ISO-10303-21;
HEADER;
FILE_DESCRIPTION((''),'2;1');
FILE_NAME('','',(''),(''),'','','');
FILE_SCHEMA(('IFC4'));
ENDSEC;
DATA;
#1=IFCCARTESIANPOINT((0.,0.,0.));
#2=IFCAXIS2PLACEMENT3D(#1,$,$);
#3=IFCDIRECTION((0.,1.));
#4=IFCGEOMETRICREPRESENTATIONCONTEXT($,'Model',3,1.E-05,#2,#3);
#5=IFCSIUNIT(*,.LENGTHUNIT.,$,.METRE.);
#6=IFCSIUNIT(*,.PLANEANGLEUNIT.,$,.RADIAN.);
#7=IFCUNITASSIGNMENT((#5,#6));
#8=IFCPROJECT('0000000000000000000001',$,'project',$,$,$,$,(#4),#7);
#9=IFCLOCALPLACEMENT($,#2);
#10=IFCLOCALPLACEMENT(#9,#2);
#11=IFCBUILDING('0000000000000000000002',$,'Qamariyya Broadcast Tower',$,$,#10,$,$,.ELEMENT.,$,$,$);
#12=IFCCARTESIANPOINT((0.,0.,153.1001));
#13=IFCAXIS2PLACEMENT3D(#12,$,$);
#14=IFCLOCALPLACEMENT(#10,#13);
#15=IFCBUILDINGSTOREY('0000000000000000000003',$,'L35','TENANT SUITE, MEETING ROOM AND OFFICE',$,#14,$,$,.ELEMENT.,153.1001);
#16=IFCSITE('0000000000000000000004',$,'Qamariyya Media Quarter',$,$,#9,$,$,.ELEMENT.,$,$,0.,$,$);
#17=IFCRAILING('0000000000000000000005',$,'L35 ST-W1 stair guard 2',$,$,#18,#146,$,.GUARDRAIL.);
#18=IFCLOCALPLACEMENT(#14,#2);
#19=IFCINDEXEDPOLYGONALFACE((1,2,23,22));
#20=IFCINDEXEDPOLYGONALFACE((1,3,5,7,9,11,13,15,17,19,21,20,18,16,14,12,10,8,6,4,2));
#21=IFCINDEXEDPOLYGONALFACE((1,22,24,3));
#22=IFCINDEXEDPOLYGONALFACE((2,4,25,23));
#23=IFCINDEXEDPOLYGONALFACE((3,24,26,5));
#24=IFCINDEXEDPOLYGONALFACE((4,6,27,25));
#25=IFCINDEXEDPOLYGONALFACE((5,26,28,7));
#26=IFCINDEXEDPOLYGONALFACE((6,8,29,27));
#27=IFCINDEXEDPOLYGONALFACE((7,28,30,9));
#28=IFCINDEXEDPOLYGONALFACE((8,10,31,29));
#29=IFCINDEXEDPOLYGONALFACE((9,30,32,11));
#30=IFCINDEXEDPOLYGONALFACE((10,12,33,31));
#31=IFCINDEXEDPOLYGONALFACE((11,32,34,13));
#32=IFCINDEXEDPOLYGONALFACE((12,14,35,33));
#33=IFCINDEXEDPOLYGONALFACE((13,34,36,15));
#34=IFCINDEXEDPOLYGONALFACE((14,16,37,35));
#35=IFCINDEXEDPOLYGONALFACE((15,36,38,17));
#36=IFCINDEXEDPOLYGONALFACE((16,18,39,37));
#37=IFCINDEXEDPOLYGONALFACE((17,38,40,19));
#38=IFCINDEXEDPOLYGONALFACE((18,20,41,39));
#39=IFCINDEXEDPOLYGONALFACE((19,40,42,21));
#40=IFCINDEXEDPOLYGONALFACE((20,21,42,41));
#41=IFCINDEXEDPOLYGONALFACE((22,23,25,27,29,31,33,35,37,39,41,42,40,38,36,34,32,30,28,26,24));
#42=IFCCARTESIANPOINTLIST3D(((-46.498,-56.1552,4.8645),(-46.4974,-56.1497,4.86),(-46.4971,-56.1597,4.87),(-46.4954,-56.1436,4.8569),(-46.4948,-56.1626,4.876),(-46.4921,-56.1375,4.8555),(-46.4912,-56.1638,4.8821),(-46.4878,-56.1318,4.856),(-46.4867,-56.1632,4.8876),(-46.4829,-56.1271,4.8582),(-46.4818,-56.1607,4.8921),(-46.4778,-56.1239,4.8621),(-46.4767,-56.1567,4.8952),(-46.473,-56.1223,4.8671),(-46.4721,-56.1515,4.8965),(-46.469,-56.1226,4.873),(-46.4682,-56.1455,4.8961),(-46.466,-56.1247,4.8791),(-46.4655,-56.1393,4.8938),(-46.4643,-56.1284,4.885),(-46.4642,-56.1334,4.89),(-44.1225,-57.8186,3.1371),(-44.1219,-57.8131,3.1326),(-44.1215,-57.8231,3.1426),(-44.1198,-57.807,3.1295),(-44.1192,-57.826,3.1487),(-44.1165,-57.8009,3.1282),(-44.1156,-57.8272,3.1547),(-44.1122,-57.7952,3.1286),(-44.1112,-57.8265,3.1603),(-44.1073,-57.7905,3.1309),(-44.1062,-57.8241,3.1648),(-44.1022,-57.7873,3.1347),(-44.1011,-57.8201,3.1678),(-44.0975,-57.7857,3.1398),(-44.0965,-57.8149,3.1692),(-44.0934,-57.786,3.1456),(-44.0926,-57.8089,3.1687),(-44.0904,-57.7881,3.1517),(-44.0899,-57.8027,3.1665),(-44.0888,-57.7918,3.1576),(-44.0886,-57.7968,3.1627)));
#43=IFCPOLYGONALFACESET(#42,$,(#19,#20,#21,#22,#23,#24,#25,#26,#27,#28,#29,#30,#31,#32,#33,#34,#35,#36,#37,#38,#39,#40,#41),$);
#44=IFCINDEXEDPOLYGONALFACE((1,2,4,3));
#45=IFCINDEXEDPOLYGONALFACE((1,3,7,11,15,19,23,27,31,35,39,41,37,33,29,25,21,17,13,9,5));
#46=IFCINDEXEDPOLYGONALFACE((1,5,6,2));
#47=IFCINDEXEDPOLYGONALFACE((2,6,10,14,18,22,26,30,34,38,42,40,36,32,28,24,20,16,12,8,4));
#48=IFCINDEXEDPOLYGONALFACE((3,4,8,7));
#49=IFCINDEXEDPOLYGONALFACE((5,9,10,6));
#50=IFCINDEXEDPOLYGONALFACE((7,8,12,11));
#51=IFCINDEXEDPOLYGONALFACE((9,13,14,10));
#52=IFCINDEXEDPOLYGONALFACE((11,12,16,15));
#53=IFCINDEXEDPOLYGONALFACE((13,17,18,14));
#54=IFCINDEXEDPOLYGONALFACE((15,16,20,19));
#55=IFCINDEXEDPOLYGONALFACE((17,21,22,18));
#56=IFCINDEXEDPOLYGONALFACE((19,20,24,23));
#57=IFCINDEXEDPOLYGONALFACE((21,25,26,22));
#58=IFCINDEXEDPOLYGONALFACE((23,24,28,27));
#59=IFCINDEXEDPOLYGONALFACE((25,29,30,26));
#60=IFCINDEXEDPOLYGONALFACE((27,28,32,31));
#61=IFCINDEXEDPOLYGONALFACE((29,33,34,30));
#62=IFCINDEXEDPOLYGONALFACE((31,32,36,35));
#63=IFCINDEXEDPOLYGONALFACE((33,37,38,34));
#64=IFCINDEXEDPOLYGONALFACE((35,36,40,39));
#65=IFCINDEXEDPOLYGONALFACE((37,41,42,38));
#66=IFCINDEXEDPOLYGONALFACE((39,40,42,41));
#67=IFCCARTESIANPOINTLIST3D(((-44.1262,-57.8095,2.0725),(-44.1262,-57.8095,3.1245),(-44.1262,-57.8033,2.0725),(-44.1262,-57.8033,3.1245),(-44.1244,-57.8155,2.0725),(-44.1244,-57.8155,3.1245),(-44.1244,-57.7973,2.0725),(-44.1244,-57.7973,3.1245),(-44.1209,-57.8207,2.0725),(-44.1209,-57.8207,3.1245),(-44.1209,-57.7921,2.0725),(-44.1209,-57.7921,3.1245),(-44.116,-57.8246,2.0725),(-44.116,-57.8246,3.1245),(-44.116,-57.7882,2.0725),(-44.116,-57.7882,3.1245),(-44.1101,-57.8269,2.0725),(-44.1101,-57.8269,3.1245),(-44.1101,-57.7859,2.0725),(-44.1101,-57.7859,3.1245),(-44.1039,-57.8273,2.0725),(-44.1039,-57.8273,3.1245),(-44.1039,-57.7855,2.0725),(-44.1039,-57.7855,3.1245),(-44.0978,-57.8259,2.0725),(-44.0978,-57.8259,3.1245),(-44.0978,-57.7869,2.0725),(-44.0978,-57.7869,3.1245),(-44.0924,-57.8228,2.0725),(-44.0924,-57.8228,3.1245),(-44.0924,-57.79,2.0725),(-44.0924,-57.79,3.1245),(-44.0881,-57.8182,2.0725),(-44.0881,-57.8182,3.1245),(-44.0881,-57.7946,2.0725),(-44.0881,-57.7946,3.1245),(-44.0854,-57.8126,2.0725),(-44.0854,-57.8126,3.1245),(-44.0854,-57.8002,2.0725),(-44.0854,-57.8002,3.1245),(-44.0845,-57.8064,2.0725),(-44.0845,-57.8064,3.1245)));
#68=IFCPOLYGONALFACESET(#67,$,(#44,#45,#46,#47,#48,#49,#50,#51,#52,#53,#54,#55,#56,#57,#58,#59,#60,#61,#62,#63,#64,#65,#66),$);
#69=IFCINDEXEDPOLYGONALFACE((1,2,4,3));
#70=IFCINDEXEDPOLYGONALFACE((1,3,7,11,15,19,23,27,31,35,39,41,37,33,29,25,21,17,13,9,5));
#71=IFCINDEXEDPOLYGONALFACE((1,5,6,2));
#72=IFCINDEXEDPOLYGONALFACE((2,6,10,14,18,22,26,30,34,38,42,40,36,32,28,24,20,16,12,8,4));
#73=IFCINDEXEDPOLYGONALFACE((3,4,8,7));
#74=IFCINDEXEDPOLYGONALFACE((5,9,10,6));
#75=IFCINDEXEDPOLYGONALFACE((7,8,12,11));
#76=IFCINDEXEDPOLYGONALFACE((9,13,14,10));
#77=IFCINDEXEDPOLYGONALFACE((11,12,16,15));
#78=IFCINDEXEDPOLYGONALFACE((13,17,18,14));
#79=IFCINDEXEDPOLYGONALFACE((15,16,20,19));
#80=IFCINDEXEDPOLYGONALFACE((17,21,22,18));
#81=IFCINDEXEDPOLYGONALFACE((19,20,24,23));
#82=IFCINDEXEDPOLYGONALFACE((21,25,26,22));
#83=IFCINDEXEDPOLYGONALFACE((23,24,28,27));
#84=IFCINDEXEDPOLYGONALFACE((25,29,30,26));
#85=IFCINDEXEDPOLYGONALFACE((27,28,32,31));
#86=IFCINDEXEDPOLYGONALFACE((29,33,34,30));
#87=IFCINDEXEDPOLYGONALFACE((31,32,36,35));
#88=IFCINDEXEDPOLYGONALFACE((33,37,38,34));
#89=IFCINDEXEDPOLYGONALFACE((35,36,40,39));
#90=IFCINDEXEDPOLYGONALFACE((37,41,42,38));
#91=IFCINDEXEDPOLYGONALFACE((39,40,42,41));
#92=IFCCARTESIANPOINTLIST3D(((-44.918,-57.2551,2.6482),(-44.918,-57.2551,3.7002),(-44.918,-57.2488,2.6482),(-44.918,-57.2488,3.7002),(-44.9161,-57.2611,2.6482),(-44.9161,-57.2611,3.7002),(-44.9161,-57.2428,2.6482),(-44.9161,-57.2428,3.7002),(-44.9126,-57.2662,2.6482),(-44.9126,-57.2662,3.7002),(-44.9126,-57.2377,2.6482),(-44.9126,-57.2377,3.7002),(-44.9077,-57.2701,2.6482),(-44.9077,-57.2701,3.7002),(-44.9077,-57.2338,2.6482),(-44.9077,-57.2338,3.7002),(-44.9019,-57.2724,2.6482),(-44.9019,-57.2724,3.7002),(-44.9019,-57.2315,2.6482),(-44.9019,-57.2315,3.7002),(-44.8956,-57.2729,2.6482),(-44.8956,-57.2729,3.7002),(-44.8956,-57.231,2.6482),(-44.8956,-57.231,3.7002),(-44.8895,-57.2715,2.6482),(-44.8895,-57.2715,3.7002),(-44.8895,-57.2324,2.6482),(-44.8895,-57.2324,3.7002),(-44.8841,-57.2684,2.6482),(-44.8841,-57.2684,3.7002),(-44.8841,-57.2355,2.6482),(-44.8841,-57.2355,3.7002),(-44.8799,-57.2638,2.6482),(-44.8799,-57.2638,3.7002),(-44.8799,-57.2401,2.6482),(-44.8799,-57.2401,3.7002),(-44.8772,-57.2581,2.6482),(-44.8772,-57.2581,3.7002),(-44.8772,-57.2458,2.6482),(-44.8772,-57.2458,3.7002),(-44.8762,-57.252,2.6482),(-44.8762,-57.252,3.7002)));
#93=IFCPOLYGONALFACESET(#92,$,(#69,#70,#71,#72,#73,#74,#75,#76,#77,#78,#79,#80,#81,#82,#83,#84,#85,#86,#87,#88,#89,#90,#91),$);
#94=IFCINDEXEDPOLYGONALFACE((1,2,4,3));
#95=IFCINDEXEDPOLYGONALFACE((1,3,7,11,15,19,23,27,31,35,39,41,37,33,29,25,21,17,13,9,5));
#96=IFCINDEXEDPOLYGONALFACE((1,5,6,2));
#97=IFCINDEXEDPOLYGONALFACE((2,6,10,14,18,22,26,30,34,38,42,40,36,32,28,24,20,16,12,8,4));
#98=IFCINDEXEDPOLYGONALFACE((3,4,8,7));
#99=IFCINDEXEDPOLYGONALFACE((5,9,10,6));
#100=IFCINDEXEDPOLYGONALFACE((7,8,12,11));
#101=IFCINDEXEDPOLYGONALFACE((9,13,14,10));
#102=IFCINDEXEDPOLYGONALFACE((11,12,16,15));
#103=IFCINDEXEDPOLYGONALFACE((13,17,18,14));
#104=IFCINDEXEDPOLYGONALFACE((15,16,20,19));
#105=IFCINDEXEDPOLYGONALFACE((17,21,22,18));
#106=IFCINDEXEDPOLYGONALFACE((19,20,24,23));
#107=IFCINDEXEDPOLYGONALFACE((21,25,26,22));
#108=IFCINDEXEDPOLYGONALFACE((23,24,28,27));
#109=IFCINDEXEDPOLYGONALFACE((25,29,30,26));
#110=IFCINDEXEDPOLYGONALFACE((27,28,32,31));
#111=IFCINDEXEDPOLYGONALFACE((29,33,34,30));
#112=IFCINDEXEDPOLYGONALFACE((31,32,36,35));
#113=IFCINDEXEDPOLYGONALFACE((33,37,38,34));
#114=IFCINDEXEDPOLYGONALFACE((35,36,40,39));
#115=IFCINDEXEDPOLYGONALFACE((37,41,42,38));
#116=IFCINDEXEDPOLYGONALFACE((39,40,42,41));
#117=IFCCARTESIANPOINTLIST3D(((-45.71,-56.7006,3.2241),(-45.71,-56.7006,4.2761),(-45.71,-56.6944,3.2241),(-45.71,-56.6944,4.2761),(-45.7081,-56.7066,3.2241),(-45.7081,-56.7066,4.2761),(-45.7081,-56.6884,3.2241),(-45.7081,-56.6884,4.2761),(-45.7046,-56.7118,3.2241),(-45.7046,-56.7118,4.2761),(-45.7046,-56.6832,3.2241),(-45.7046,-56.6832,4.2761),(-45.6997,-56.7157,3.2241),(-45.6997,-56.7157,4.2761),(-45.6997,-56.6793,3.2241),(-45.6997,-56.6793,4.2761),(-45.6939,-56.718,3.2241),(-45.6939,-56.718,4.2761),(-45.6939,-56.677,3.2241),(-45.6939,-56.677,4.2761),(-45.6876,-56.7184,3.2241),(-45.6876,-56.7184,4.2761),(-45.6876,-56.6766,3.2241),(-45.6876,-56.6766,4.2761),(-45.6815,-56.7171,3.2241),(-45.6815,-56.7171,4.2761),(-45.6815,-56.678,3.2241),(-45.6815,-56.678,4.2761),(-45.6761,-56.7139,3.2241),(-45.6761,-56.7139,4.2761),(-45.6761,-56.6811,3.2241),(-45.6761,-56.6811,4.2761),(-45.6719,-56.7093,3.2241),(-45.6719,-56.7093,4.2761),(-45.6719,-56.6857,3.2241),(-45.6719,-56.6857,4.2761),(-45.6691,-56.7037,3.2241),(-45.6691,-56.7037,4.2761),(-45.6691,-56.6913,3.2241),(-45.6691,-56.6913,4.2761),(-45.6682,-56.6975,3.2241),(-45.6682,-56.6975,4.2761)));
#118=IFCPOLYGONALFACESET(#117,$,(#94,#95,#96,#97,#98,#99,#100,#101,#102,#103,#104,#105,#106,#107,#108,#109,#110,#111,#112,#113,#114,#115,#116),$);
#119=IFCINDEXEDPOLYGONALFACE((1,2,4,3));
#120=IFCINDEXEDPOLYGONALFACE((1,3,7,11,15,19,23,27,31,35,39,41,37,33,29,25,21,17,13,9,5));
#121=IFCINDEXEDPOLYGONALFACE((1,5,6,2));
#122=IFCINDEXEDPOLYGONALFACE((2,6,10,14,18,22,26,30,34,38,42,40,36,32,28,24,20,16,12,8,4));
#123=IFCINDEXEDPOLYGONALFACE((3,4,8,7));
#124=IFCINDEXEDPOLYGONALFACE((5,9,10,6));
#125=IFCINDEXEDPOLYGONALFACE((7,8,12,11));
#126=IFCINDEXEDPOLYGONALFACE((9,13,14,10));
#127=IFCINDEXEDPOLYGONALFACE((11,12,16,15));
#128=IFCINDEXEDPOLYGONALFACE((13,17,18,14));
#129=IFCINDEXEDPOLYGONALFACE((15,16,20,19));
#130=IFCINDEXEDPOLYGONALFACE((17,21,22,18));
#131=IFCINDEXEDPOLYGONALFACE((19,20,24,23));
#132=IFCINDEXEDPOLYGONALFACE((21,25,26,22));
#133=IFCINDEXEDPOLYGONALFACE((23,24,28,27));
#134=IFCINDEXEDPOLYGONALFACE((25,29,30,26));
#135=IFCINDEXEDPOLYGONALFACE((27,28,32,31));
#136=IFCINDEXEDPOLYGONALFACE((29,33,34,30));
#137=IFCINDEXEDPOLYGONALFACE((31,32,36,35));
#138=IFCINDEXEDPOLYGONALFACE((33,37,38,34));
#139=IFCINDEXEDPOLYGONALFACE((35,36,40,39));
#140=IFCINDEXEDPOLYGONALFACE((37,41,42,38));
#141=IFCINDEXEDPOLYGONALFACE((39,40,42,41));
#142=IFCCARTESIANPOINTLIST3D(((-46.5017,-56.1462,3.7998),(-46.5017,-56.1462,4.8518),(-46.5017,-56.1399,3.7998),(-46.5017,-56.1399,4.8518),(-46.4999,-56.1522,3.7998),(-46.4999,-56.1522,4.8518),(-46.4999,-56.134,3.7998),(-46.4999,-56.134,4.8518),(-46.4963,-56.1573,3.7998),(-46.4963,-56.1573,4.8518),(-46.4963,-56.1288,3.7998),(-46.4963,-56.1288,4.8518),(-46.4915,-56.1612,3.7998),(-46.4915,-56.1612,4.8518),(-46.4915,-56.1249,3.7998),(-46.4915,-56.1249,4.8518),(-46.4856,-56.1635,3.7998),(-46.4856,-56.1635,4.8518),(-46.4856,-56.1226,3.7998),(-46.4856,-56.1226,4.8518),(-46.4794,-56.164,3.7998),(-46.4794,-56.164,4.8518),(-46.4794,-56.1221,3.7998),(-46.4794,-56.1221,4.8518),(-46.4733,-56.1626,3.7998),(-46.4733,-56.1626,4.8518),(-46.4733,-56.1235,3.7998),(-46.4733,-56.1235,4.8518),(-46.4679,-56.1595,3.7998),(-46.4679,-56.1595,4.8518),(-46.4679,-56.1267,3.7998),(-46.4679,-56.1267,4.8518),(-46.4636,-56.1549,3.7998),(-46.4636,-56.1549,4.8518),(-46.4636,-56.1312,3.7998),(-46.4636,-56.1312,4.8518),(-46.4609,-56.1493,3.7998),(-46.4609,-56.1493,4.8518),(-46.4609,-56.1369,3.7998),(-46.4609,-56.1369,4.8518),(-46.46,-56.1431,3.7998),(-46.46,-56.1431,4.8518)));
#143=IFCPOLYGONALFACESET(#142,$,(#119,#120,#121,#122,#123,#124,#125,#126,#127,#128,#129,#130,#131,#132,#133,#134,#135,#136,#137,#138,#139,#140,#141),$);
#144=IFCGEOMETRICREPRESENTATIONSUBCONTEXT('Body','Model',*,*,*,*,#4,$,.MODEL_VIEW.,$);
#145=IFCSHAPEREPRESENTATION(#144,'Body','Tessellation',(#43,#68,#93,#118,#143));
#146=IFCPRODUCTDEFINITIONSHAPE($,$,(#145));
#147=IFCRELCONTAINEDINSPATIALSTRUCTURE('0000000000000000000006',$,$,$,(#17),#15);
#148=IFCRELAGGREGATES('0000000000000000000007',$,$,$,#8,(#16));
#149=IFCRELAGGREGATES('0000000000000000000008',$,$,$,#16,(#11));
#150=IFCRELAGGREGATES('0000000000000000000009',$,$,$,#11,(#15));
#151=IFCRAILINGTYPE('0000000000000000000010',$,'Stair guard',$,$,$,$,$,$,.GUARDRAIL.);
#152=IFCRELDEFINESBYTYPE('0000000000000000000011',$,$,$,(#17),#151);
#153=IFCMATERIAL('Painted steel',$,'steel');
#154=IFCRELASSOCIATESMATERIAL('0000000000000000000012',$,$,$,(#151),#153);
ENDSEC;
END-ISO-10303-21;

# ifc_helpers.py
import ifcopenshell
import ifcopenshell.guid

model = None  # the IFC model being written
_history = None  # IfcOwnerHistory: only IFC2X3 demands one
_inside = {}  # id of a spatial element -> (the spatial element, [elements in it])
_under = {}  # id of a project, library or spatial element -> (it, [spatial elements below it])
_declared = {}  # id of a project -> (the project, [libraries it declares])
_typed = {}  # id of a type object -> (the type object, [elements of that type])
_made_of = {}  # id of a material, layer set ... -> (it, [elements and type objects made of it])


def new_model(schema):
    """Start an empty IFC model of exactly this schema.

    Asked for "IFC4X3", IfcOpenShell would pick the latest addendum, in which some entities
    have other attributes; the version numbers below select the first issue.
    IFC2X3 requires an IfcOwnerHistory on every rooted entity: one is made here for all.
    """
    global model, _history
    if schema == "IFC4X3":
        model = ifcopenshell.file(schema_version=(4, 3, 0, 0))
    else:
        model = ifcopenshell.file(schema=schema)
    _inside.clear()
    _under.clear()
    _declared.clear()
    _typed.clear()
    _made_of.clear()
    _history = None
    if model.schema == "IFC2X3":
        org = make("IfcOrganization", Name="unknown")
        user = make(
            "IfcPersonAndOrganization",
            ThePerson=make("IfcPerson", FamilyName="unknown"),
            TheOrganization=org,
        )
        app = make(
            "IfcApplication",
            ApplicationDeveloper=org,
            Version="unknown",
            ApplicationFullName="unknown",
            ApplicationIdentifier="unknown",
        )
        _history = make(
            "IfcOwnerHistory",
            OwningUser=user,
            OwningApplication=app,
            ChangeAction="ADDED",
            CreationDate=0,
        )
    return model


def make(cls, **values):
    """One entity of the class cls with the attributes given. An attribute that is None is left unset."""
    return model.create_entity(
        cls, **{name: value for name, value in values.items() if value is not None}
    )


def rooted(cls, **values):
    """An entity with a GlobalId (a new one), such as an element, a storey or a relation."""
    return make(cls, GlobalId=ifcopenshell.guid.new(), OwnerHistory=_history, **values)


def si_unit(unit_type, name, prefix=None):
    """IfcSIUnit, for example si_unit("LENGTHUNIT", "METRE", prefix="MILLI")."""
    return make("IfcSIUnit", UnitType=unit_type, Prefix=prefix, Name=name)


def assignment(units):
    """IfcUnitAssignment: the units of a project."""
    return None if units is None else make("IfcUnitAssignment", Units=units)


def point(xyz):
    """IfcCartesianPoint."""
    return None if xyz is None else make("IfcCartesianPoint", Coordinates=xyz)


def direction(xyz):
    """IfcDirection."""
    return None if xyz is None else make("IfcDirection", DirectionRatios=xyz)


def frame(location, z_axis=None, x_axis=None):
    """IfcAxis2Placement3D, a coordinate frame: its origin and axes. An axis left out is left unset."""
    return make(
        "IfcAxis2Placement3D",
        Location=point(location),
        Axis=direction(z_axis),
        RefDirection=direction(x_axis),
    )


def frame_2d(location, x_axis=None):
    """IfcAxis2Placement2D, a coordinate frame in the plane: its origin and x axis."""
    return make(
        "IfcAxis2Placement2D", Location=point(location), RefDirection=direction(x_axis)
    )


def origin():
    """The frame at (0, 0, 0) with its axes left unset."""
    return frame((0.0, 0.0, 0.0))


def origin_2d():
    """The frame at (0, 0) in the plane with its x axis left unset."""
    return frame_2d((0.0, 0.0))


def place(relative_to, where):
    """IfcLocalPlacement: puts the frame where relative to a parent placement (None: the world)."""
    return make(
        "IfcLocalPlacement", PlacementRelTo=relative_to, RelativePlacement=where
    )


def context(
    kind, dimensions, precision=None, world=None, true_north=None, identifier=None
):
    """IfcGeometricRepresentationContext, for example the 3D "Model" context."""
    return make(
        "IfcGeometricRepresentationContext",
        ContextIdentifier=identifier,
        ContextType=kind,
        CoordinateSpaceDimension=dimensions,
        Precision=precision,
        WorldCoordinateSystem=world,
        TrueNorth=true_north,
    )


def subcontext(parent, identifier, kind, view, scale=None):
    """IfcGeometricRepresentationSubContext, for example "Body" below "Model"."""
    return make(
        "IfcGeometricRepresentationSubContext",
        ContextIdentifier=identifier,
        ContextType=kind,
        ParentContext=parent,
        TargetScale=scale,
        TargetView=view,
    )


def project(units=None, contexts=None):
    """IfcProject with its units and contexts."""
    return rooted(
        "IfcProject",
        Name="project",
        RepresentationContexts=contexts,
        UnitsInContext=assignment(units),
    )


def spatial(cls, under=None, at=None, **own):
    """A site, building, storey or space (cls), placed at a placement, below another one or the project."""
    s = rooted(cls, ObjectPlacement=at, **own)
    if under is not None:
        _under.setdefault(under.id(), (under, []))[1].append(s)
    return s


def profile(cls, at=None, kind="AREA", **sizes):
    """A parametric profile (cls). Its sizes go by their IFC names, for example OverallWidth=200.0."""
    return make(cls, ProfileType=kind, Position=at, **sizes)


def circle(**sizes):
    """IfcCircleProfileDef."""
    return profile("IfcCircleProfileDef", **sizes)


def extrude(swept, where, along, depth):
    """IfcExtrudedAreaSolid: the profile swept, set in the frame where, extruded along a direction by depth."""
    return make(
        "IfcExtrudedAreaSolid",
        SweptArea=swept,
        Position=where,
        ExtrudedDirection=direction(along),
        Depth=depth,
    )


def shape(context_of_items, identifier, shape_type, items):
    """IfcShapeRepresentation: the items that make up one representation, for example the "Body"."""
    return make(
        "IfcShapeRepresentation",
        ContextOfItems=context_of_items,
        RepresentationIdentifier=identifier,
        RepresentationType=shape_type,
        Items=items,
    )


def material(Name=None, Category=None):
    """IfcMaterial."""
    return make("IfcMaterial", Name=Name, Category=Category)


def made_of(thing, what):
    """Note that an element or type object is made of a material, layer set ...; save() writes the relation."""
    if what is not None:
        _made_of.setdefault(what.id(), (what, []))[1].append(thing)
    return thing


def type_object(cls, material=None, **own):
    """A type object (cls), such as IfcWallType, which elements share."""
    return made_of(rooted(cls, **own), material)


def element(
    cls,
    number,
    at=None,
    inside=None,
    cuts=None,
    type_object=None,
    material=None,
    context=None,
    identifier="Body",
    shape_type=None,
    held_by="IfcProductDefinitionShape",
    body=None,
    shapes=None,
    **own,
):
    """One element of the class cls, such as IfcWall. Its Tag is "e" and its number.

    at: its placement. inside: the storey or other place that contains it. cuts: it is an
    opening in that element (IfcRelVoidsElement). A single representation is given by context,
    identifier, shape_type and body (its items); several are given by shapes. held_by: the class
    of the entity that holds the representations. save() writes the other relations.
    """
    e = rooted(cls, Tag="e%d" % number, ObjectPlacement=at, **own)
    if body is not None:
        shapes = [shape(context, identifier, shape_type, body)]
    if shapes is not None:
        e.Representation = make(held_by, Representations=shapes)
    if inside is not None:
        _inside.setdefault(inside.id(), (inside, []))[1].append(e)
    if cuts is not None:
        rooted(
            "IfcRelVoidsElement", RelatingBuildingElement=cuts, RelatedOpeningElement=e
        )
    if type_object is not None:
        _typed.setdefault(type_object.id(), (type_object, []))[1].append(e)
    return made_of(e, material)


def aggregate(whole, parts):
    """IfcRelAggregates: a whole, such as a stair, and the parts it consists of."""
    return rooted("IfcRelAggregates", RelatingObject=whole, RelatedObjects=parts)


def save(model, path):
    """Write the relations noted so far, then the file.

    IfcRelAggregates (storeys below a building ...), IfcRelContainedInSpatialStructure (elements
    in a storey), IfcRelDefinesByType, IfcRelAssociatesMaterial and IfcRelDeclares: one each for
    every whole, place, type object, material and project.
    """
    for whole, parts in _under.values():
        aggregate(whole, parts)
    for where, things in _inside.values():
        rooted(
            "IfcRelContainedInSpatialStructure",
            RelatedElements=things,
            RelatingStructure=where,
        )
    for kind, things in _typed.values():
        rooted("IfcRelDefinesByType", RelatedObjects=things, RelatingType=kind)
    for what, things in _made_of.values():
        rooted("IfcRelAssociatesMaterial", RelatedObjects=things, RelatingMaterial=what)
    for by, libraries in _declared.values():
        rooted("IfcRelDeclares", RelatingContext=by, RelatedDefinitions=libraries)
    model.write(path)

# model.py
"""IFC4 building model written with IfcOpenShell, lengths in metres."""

from ifc_helpers import new_model, si_unit, direction, frame, origin, origin_2d, place, context, subcontext, project, spatial, circle, extrude, material, type_object, element, save


model = new_model("IFC4")

# Units and contexts
model_context = context("Model", 3, precision=1e-05, world=origin(), true_north=direction((0.0, 1.0)))
body_context = subcontext(model_context, "Body", "Model", "MODEL_VIEW")
ifc_project = project(units=[si_unit("LENGTHUNIT", "METRE"), si_unit("PLANEANGLEUNIT", "RADIAN")], contexts=[model_context])

# Site, building, storey
site_placement = place(None, origin())
site = spatial("IfcSite", under=ifc_project, at=site_placement, Name="Qamariyya Media Quarter", CompositionType="ELEMENT", RefElevation=0.0)
building_placement = place(site_placement, origin())
building = spatial("IfcBuilding", under=site, at=building_placement, Name="Qamariyya Broadcast Tower", CompositionType="ELEMENT")
storey_placement = place(building_placement, frame((0.0, 0.0, 153.1001)))
storey = spatial("IfcBuildingStorey", under=building, at=storey_placement, Name="L35", Description="TENANT SUITE, MEETING ROOM AND OFFICE", CompositionType="ELEMENT", Elevation=153.1001)

# Railing
ifc_material_1 = material(Name="Painted steel", Category="steel")
railing_type_1 = type_object("IfcRailingType", Name="Stair guard", PredefinedType="GUARDRAIL", material=ifc_material_1)
railing_1_placement = place(storey_placement, frame((-44.1055, -57.8064, 2.0725)))
element("IfcRailing", 1, at=railing_1_placement, inside=storey, type_object=railing_type_1, Name="L35 ST-W1 stair guard 2", PredefinedType="GUARDRAIL", context=body_context, shape_type="SweptSolid", body=[
    extrude(circle(Radius=0.0239, at=origin_2d()), frame((0.0, 0.0, 1.0762), z_axis=(-0.70377, 0.492784, 0.511734), x_axis=(-0.573575, -0.819153, 0.0)), (0.0, 0.0, 1.0), 3.3755),
    extrude(circle(Radius=0.021, at=origin_2d()), origin(), (0.0, 0.0, 1.0), 1.052),
    extrude(circle(Radius=0.021, at=origin_2d()), frame((-0.7917, 0.5544, 0.5757)), (0.0, 0.0, 1.0), 1.052),
    extrude(circle(Radius=0.021, at=origin_2d()), frame((-1.5837, 1.1089, 1.1516)), (0.0, 0.0, 1.0), 1.052),
    extrude(circle(Radius=0.021, at=origin_2d()), frame((-2.3755, 1.6633, 1.7273)), (0.0, 0.0, 1.0), 1.052),
])

save(model, "model.ifc")
